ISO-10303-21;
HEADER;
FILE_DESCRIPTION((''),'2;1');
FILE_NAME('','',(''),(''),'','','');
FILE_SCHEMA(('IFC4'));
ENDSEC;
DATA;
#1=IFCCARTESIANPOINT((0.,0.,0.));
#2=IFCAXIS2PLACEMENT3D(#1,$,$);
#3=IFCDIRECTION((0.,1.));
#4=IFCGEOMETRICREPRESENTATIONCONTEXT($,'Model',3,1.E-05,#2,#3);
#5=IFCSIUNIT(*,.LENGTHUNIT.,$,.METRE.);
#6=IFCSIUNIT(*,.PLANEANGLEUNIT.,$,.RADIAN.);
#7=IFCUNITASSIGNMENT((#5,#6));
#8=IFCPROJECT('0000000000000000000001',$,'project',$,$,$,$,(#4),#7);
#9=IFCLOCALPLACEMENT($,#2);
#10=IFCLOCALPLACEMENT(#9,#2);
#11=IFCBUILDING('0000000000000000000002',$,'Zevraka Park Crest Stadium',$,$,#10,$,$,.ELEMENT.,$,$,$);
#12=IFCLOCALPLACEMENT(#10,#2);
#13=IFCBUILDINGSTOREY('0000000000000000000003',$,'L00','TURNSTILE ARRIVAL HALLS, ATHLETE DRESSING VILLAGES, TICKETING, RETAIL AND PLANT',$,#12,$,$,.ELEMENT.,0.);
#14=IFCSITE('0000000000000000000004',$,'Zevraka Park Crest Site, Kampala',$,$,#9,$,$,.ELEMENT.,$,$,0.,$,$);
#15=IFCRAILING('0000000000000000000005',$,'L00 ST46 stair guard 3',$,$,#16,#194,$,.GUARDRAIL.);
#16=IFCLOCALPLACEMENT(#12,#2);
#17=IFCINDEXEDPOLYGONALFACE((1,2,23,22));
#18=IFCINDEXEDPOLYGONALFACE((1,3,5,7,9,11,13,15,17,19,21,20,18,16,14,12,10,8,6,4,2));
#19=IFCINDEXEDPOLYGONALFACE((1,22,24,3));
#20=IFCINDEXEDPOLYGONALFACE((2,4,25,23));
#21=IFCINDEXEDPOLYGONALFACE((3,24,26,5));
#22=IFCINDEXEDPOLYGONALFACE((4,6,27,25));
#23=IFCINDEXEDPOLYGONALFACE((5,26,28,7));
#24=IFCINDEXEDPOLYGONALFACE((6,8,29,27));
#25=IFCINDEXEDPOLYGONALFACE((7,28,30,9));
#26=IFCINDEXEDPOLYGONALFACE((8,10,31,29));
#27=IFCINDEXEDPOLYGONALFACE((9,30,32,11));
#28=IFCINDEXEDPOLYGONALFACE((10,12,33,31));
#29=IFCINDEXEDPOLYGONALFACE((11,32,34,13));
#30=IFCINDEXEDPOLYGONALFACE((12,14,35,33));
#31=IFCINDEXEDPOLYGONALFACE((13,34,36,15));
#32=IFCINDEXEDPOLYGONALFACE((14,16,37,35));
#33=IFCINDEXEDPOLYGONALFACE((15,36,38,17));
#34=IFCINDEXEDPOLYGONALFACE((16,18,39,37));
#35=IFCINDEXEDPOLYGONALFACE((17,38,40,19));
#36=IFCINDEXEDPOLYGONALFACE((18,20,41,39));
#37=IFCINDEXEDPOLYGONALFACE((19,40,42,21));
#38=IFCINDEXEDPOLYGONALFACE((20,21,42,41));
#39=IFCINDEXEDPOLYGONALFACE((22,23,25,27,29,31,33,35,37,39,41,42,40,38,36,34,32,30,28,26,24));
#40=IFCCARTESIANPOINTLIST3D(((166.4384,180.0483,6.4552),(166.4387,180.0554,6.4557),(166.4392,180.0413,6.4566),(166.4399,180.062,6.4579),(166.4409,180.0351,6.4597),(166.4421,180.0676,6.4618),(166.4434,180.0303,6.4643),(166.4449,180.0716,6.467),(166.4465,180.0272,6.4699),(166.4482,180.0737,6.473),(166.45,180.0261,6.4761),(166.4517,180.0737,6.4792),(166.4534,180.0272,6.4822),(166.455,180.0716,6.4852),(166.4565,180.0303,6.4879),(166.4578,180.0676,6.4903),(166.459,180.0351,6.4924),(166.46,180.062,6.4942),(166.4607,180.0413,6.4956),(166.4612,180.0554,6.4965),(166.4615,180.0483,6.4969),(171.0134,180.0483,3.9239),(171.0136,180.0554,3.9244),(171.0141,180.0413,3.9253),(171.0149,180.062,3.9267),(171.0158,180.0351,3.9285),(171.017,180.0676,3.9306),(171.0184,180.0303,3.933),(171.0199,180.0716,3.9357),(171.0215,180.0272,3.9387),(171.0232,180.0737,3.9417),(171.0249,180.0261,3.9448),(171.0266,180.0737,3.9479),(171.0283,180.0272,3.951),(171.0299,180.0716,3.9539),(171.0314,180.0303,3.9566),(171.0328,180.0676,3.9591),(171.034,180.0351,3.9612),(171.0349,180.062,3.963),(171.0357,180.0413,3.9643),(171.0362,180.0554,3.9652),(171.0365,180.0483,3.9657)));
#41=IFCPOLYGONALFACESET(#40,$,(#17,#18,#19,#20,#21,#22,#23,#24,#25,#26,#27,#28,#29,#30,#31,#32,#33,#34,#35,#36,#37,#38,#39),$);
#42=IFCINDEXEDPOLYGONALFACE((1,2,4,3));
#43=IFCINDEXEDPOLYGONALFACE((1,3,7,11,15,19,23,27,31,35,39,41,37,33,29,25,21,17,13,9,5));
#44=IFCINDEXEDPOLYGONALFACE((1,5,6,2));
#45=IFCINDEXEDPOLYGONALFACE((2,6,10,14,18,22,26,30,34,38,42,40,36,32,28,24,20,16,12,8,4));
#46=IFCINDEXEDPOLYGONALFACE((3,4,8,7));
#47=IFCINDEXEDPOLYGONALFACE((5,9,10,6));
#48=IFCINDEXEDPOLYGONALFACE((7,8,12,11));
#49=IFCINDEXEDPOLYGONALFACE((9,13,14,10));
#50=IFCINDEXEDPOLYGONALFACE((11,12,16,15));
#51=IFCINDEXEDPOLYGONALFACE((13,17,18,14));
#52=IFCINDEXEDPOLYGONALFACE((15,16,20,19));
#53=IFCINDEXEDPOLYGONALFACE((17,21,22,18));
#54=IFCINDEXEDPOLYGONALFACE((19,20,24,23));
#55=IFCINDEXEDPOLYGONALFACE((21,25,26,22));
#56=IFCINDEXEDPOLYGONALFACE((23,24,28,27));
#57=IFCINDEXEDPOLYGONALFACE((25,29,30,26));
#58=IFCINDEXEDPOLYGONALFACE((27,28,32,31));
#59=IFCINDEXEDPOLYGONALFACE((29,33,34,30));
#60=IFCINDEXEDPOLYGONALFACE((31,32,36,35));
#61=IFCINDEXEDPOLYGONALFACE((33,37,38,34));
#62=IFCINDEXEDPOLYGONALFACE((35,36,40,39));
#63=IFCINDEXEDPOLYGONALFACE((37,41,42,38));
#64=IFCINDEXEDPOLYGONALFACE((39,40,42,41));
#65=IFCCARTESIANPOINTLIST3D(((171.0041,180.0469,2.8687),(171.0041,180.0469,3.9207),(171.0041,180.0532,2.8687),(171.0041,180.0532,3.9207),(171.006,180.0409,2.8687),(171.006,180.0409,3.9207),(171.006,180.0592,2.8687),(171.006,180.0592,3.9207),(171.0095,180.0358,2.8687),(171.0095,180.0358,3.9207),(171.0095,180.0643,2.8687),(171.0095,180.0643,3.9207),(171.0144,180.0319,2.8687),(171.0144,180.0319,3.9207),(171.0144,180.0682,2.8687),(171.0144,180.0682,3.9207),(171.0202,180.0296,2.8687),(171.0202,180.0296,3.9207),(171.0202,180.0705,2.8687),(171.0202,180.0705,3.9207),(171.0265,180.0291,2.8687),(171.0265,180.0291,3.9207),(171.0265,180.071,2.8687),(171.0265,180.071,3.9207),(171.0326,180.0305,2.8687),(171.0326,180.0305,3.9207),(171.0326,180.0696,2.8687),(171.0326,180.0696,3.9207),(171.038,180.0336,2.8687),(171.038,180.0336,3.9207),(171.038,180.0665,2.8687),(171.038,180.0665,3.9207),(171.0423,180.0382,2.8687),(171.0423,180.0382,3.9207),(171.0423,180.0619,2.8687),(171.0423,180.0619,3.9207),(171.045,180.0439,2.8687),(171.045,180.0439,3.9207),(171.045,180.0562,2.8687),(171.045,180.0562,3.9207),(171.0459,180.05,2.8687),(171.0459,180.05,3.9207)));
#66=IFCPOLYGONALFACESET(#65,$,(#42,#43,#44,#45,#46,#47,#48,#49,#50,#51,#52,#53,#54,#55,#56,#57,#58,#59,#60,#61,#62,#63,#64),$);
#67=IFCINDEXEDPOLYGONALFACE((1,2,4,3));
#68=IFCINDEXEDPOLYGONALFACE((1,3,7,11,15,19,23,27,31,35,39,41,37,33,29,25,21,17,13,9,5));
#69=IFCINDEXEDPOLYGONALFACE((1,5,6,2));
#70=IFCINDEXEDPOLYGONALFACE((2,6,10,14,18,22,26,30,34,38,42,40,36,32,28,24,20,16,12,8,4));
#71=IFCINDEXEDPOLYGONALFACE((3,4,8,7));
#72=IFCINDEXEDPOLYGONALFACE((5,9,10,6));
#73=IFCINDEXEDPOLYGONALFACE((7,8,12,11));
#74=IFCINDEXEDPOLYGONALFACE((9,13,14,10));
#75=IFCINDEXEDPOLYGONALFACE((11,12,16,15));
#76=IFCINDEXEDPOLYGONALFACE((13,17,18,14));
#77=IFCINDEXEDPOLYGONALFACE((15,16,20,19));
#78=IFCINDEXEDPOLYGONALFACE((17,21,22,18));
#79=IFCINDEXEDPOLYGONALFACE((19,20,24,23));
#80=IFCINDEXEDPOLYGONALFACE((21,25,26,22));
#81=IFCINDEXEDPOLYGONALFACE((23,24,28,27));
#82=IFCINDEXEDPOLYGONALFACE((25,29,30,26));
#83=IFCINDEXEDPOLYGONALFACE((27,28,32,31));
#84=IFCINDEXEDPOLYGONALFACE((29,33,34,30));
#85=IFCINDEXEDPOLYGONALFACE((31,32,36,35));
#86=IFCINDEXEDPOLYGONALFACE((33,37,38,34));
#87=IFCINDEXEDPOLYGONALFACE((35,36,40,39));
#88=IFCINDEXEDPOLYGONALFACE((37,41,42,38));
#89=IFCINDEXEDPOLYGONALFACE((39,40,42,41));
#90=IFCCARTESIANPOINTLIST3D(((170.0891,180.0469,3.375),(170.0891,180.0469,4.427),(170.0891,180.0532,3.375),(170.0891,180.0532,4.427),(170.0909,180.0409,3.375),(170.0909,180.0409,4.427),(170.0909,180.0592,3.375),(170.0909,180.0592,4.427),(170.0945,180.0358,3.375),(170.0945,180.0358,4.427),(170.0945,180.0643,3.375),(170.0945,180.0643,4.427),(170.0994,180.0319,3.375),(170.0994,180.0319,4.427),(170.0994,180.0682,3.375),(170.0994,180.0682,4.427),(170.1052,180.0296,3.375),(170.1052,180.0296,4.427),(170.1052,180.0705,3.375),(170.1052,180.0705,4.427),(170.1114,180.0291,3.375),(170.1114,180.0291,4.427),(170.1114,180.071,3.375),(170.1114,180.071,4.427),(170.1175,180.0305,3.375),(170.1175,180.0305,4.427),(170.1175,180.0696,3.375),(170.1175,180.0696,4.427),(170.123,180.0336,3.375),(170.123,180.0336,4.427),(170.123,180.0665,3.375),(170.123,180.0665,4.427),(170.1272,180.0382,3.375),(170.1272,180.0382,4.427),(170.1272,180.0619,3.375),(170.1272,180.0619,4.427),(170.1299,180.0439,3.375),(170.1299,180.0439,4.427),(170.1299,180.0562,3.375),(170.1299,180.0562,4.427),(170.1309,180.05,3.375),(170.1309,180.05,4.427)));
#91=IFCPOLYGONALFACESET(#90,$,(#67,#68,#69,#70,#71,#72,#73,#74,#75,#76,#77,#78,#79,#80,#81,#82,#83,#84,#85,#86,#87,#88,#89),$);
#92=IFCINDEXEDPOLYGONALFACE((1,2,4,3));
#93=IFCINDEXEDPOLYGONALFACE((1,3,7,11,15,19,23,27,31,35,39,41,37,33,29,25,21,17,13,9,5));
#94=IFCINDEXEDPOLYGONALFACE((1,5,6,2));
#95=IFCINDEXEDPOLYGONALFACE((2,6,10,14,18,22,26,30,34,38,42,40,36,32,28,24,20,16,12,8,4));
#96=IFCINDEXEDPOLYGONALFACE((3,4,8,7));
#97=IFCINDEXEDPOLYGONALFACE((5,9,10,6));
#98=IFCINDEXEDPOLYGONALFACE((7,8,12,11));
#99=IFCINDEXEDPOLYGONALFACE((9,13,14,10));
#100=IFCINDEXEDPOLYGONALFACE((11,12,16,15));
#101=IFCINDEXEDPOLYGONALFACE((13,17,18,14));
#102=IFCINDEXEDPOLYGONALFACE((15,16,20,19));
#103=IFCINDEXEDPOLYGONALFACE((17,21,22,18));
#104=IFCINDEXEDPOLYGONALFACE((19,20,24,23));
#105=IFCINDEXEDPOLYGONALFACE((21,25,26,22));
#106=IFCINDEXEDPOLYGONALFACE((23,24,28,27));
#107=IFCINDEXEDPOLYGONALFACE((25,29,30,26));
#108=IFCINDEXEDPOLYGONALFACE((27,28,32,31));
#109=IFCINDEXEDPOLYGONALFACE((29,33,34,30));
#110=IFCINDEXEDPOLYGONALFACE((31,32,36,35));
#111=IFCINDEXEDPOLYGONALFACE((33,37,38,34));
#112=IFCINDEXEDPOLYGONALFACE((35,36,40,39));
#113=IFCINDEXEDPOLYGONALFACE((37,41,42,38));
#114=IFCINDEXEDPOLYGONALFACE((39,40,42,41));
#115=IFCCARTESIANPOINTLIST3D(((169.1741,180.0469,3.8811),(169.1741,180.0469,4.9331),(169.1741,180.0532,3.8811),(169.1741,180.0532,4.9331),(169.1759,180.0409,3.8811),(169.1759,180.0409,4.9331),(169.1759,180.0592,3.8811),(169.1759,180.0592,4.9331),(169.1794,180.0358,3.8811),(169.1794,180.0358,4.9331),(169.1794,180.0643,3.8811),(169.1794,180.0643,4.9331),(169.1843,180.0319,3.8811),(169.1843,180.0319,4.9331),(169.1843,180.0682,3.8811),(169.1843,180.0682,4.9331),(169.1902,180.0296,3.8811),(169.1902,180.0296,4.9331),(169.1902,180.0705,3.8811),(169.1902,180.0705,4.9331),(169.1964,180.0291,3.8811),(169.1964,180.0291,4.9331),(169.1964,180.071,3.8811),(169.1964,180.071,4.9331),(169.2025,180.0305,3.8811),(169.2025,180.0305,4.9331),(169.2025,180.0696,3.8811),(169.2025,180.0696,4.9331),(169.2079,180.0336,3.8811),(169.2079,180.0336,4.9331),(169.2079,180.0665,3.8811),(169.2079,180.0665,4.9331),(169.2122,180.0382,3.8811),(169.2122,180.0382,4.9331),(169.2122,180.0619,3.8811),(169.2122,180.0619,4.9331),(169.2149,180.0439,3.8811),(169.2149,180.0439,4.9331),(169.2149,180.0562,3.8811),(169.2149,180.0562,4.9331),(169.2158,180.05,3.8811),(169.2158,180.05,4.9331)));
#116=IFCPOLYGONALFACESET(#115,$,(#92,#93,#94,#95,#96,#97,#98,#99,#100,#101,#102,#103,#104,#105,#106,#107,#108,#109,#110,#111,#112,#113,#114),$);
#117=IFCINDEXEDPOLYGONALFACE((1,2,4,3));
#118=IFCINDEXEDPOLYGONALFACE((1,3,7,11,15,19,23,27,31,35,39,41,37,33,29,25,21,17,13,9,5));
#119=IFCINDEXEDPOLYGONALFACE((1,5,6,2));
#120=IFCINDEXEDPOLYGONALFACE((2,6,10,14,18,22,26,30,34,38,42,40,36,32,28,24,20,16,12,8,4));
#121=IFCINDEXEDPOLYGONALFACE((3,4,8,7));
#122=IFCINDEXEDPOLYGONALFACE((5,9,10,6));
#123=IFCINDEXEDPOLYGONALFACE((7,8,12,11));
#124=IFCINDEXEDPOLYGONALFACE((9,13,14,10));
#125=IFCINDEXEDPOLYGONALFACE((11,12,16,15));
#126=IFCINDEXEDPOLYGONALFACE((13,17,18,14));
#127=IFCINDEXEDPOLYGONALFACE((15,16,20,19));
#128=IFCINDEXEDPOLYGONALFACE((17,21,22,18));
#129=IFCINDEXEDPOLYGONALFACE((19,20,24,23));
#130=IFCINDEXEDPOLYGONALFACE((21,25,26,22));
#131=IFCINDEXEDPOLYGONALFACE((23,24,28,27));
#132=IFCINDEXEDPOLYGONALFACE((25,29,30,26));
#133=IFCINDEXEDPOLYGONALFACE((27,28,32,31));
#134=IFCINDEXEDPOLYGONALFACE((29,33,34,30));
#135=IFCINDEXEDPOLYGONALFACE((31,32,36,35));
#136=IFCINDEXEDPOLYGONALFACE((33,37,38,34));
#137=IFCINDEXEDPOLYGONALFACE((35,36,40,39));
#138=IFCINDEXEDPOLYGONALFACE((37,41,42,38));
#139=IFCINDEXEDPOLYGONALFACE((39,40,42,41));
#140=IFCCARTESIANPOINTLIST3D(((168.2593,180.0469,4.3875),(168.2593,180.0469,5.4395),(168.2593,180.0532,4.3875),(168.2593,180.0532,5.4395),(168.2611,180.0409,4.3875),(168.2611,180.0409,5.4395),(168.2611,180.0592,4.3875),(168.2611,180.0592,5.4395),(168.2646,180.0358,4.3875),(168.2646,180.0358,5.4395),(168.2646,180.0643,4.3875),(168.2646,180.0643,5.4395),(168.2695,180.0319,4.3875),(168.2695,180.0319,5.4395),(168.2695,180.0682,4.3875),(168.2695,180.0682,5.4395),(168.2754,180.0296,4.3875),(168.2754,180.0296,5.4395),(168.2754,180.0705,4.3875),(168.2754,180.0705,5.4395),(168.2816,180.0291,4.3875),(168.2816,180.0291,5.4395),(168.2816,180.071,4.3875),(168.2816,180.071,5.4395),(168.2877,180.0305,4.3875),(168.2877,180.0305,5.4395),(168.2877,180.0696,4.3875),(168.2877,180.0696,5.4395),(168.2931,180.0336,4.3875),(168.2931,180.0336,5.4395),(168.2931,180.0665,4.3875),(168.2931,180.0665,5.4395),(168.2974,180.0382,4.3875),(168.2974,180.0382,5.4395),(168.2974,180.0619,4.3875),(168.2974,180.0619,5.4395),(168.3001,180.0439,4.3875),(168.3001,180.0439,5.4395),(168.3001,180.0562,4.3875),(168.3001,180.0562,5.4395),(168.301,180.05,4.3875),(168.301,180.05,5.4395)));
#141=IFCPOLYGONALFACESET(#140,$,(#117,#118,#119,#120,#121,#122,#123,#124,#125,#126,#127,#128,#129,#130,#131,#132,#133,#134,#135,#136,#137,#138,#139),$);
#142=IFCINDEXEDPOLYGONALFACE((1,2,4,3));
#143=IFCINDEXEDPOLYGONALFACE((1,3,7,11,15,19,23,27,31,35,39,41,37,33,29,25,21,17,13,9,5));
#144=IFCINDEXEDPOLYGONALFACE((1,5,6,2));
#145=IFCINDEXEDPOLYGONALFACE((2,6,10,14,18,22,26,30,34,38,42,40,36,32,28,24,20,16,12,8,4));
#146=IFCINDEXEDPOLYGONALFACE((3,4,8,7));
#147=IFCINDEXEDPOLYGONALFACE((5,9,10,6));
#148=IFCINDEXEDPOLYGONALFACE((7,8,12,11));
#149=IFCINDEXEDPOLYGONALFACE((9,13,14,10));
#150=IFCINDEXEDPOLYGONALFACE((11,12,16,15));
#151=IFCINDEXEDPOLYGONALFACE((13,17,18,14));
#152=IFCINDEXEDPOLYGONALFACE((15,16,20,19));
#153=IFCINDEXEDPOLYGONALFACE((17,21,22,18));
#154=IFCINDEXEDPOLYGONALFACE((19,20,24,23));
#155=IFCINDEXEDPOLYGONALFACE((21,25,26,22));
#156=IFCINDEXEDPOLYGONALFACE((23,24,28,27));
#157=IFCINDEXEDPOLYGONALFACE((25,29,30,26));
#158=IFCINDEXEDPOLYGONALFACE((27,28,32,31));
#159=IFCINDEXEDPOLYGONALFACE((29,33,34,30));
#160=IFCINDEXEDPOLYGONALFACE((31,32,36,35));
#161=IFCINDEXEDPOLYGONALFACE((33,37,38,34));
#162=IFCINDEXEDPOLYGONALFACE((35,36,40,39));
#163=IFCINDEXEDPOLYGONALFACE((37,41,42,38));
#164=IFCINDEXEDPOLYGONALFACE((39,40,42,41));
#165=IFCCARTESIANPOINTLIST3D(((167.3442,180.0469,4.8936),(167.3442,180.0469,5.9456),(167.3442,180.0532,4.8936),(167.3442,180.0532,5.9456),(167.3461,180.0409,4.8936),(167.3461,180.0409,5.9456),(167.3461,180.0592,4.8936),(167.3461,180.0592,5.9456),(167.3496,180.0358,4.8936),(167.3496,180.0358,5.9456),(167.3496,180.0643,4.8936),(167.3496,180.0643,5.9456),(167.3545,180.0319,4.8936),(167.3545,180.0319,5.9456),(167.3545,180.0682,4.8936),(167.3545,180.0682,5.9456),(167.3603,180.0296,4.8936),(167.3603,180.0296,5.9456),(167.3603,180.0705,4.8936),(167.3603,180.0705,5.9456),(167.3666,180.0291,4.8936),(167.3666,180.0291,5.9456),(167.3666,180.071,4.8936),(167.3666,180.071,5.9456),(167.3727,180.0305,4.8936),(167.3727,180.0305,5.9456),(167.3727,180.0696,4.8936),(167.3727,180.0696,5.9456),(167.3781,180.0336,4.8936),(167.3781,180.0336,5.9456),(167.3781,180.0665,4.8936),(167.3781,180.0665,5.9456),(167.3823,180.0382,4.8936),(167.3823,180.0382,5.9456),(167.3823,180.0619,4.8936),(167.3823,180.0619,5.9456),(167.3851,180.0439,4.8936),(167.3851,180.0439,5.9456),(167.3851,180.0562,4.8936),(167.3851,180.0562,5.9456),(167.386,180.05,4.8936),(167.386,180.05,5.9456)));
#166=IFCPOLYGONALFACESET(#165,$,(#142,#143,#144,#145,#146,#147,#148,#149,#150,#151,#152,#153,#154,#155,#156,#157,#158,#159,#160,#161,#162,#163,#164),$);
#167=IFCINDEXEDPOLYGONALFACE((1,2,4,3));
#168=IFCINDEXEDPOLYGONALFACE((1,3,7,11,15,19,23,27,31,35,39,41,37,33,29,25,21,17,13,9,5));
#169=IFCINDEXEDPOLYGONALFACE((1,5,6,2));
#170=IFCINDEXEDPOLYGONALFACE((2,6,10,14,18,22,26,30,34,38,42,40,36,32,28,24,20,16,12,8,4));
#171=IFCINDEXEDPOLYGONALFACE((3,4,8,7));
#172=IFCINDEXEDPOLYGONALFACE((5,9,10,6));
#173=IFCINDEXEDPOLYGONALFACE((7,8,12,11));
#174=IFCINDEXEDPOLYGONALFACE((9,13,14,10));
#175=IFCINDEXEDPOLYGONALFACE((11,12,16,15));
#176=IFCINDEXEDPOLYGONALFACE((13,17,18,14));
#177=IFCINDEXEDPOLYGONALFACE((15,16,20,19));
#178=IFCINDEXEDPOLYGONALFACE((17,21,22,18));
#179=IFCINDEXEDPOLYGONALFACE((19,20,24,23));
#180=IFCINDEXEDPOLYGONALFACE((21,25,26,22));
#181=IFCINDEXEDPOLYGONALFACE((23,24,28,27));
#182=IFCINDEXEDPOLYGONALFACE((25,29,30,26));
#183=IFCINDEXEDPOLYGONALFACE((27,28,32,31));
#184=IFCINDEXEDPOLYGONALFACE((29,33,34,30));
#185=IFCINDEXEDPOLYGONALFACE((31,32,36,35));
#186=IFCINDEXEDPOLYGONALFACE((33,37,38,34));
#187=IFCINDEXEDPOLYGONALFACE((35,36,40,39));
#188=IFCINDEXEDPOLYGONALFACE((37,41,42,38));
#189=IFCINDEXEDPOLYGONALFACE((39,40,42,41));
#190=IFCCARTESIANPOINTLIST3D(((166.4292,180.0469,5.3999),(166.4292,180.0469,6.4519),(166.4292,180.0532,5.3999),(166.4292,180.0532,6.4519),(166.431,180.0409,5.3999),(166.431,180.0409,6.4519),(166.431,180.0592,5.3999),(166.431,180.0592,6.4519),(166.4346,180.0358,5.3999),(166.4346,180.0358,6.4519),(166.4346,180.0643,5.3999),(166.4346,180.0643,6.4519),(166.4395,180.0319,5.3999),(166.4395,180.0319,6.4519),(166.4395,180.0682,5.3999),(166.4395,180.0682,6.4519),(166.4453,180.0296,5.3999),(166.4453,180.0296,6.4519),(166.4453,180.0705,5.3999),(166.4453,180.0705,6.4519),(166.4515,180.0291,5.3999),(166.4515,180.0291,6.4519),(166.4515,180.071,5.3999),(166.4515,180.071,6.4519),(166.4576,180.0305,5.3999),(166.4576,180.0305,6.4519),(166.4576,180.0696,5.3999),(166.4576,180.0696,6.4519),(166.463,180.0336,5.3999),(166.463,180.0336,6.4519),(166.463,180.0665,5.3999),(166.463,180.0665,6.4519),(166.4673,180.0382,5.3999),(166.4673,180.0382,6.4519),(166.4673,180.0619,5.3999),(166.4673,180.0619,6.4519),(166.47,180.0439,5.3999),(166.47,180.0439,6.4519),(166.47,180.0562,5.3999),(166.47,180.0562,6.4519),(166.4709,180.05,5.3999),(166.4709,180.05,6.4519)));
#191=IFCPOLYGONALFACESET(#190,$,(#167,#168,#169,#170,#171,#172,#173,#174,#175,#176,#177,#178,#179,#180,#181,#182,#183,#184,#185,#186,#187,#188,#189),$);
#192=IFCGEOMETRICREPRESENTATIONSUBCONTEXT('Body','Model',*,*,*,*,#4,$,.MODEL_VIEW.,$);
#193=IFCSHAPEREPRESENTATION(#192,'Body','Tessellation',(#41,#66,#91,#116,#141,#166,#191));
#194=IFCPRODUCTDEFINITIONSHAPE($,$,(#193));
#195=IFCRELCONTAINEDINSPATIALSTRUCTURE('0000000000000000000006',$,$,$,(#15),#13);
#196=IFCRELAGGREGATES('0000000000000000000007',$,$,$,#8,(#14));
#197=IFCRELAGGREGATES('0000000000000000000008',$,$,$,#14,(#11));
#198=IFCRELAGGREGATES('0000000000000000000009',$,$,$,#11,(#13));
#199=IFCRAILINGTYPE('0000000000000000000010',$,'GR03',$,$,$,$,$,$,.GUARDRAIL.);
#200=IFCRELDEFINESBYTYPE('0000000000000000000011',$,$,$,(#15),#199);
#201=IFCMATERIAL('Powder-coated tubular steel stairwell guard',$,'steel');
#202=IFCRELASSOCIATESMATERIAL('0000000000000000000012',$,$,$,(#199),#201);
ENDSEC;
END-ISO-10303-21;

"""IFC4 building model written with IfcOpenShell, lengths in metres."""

from ifc_helpers import new_model, si_unit, direction, frame, origin, origin_2d, place, context, subcontext, project, spatial, circle, extrude, material, type_object, element, save


model = new_model("IFC4")

# Units and contexts
model_context = context("Model", 3, precision=1e-05, world=origin(), true_north=direction((0.0, 1.0)))
body_context = subcontext(model_context, "Body", "Model", "MODEL_VIEW")
ifc_project = project(units=[si_unit("LENGTHUNIT", "METRE"), si_unit("PLANEANGLEUNIT", "RADIAN")], contexts=[model_context])

# Site, building, storey
site_placement = place(None, origin())
site = spatial("IfcSite", under=ifc_project, at=site_placement, Name="Zevraka Park Crest Site, Kampala", CompositionType="ELEMENT", RefElevation=0.0)
building_placement = place(site_placement, origin())
building = spatial("IfcBuilding", under=site, at=building_placement, Name="Zevraka Park Crest Stadium", CompositionType="ELEMENT")
storey_placement = place(building_placement, origin())
storey = spatial("IfcBuildingStorey", under=building, at=storey_placement, Name="L00", Description="TURNSTILE ARRIVAL HALLS, ATHLETE DRESSING VILLAGES, TICKETING, RETAIL AND PLANT", CompositionType="ELEMENT", Elevation=0.0)

# Railing
ifc_material_1 = material(Name="Powder-coated tubular steel stairwell guard", Category="steel")
railing_type_1 = type_object("IfcRailingType", Name="GR03", PredefinedType="GUARDRAIL", material=ifc_material_1)
railing_1_placement = place(storey_placement, frame((171.0249, 180.05, 2.8687)))
element("IfcRailing", 1, at=railing_1_placement, inside=storey, type_object=railing_type_1, Name="L00 ST46 stair guard 3", PredefinedType="GUARDRAIL", context=body_context, shape_type="SweptSolid", body=[
    extrude(circle(Radius=0.0239, at=origin_2d()), frame((0.0, 0.0, 1.0762), z_axis=(-0.875, 0.0, 0.484124), x_axis=(0.0, -1.0, 0.0)), (0.0, 0.0, 1.0), 5.2285),
    extrude(circle(Radius=0.021, at=origin_2d()), origin(), (0.0, 0.0, 1.0), 1.052),
    extrude(circle(Radius=0.021, at=origin_2d()), frame((-0.915, 0.0, 0.5063)), (0.0, 0.0, 1.0), 1.052),
    extrude(circle(Radius=0.021, at=origin_2d()), frame((-1.8301, 0.0, 1.0125)), (0.0, 0.0, 1.0), 1.052),
    extrude(circle(Radius=0.021, at=origin_2d()), frame((-2.7449, 0.0, 1.5188)), (0.0, 0.0, 1.0), 1.052),
    extrude(circle(Radius=0.021, at=origin_2d()), frame((-3.6599, 0.0, 2.0249)), (0.0, 0.0, 1.0), 1.052),
    extrude(circle(Radius=0.021, at=origin_2d()), frame((-4.575, 0.0, 2.5312)), (0.0, 0.0, 1.0), 1.052),
])

save(model, "model.ifc")
